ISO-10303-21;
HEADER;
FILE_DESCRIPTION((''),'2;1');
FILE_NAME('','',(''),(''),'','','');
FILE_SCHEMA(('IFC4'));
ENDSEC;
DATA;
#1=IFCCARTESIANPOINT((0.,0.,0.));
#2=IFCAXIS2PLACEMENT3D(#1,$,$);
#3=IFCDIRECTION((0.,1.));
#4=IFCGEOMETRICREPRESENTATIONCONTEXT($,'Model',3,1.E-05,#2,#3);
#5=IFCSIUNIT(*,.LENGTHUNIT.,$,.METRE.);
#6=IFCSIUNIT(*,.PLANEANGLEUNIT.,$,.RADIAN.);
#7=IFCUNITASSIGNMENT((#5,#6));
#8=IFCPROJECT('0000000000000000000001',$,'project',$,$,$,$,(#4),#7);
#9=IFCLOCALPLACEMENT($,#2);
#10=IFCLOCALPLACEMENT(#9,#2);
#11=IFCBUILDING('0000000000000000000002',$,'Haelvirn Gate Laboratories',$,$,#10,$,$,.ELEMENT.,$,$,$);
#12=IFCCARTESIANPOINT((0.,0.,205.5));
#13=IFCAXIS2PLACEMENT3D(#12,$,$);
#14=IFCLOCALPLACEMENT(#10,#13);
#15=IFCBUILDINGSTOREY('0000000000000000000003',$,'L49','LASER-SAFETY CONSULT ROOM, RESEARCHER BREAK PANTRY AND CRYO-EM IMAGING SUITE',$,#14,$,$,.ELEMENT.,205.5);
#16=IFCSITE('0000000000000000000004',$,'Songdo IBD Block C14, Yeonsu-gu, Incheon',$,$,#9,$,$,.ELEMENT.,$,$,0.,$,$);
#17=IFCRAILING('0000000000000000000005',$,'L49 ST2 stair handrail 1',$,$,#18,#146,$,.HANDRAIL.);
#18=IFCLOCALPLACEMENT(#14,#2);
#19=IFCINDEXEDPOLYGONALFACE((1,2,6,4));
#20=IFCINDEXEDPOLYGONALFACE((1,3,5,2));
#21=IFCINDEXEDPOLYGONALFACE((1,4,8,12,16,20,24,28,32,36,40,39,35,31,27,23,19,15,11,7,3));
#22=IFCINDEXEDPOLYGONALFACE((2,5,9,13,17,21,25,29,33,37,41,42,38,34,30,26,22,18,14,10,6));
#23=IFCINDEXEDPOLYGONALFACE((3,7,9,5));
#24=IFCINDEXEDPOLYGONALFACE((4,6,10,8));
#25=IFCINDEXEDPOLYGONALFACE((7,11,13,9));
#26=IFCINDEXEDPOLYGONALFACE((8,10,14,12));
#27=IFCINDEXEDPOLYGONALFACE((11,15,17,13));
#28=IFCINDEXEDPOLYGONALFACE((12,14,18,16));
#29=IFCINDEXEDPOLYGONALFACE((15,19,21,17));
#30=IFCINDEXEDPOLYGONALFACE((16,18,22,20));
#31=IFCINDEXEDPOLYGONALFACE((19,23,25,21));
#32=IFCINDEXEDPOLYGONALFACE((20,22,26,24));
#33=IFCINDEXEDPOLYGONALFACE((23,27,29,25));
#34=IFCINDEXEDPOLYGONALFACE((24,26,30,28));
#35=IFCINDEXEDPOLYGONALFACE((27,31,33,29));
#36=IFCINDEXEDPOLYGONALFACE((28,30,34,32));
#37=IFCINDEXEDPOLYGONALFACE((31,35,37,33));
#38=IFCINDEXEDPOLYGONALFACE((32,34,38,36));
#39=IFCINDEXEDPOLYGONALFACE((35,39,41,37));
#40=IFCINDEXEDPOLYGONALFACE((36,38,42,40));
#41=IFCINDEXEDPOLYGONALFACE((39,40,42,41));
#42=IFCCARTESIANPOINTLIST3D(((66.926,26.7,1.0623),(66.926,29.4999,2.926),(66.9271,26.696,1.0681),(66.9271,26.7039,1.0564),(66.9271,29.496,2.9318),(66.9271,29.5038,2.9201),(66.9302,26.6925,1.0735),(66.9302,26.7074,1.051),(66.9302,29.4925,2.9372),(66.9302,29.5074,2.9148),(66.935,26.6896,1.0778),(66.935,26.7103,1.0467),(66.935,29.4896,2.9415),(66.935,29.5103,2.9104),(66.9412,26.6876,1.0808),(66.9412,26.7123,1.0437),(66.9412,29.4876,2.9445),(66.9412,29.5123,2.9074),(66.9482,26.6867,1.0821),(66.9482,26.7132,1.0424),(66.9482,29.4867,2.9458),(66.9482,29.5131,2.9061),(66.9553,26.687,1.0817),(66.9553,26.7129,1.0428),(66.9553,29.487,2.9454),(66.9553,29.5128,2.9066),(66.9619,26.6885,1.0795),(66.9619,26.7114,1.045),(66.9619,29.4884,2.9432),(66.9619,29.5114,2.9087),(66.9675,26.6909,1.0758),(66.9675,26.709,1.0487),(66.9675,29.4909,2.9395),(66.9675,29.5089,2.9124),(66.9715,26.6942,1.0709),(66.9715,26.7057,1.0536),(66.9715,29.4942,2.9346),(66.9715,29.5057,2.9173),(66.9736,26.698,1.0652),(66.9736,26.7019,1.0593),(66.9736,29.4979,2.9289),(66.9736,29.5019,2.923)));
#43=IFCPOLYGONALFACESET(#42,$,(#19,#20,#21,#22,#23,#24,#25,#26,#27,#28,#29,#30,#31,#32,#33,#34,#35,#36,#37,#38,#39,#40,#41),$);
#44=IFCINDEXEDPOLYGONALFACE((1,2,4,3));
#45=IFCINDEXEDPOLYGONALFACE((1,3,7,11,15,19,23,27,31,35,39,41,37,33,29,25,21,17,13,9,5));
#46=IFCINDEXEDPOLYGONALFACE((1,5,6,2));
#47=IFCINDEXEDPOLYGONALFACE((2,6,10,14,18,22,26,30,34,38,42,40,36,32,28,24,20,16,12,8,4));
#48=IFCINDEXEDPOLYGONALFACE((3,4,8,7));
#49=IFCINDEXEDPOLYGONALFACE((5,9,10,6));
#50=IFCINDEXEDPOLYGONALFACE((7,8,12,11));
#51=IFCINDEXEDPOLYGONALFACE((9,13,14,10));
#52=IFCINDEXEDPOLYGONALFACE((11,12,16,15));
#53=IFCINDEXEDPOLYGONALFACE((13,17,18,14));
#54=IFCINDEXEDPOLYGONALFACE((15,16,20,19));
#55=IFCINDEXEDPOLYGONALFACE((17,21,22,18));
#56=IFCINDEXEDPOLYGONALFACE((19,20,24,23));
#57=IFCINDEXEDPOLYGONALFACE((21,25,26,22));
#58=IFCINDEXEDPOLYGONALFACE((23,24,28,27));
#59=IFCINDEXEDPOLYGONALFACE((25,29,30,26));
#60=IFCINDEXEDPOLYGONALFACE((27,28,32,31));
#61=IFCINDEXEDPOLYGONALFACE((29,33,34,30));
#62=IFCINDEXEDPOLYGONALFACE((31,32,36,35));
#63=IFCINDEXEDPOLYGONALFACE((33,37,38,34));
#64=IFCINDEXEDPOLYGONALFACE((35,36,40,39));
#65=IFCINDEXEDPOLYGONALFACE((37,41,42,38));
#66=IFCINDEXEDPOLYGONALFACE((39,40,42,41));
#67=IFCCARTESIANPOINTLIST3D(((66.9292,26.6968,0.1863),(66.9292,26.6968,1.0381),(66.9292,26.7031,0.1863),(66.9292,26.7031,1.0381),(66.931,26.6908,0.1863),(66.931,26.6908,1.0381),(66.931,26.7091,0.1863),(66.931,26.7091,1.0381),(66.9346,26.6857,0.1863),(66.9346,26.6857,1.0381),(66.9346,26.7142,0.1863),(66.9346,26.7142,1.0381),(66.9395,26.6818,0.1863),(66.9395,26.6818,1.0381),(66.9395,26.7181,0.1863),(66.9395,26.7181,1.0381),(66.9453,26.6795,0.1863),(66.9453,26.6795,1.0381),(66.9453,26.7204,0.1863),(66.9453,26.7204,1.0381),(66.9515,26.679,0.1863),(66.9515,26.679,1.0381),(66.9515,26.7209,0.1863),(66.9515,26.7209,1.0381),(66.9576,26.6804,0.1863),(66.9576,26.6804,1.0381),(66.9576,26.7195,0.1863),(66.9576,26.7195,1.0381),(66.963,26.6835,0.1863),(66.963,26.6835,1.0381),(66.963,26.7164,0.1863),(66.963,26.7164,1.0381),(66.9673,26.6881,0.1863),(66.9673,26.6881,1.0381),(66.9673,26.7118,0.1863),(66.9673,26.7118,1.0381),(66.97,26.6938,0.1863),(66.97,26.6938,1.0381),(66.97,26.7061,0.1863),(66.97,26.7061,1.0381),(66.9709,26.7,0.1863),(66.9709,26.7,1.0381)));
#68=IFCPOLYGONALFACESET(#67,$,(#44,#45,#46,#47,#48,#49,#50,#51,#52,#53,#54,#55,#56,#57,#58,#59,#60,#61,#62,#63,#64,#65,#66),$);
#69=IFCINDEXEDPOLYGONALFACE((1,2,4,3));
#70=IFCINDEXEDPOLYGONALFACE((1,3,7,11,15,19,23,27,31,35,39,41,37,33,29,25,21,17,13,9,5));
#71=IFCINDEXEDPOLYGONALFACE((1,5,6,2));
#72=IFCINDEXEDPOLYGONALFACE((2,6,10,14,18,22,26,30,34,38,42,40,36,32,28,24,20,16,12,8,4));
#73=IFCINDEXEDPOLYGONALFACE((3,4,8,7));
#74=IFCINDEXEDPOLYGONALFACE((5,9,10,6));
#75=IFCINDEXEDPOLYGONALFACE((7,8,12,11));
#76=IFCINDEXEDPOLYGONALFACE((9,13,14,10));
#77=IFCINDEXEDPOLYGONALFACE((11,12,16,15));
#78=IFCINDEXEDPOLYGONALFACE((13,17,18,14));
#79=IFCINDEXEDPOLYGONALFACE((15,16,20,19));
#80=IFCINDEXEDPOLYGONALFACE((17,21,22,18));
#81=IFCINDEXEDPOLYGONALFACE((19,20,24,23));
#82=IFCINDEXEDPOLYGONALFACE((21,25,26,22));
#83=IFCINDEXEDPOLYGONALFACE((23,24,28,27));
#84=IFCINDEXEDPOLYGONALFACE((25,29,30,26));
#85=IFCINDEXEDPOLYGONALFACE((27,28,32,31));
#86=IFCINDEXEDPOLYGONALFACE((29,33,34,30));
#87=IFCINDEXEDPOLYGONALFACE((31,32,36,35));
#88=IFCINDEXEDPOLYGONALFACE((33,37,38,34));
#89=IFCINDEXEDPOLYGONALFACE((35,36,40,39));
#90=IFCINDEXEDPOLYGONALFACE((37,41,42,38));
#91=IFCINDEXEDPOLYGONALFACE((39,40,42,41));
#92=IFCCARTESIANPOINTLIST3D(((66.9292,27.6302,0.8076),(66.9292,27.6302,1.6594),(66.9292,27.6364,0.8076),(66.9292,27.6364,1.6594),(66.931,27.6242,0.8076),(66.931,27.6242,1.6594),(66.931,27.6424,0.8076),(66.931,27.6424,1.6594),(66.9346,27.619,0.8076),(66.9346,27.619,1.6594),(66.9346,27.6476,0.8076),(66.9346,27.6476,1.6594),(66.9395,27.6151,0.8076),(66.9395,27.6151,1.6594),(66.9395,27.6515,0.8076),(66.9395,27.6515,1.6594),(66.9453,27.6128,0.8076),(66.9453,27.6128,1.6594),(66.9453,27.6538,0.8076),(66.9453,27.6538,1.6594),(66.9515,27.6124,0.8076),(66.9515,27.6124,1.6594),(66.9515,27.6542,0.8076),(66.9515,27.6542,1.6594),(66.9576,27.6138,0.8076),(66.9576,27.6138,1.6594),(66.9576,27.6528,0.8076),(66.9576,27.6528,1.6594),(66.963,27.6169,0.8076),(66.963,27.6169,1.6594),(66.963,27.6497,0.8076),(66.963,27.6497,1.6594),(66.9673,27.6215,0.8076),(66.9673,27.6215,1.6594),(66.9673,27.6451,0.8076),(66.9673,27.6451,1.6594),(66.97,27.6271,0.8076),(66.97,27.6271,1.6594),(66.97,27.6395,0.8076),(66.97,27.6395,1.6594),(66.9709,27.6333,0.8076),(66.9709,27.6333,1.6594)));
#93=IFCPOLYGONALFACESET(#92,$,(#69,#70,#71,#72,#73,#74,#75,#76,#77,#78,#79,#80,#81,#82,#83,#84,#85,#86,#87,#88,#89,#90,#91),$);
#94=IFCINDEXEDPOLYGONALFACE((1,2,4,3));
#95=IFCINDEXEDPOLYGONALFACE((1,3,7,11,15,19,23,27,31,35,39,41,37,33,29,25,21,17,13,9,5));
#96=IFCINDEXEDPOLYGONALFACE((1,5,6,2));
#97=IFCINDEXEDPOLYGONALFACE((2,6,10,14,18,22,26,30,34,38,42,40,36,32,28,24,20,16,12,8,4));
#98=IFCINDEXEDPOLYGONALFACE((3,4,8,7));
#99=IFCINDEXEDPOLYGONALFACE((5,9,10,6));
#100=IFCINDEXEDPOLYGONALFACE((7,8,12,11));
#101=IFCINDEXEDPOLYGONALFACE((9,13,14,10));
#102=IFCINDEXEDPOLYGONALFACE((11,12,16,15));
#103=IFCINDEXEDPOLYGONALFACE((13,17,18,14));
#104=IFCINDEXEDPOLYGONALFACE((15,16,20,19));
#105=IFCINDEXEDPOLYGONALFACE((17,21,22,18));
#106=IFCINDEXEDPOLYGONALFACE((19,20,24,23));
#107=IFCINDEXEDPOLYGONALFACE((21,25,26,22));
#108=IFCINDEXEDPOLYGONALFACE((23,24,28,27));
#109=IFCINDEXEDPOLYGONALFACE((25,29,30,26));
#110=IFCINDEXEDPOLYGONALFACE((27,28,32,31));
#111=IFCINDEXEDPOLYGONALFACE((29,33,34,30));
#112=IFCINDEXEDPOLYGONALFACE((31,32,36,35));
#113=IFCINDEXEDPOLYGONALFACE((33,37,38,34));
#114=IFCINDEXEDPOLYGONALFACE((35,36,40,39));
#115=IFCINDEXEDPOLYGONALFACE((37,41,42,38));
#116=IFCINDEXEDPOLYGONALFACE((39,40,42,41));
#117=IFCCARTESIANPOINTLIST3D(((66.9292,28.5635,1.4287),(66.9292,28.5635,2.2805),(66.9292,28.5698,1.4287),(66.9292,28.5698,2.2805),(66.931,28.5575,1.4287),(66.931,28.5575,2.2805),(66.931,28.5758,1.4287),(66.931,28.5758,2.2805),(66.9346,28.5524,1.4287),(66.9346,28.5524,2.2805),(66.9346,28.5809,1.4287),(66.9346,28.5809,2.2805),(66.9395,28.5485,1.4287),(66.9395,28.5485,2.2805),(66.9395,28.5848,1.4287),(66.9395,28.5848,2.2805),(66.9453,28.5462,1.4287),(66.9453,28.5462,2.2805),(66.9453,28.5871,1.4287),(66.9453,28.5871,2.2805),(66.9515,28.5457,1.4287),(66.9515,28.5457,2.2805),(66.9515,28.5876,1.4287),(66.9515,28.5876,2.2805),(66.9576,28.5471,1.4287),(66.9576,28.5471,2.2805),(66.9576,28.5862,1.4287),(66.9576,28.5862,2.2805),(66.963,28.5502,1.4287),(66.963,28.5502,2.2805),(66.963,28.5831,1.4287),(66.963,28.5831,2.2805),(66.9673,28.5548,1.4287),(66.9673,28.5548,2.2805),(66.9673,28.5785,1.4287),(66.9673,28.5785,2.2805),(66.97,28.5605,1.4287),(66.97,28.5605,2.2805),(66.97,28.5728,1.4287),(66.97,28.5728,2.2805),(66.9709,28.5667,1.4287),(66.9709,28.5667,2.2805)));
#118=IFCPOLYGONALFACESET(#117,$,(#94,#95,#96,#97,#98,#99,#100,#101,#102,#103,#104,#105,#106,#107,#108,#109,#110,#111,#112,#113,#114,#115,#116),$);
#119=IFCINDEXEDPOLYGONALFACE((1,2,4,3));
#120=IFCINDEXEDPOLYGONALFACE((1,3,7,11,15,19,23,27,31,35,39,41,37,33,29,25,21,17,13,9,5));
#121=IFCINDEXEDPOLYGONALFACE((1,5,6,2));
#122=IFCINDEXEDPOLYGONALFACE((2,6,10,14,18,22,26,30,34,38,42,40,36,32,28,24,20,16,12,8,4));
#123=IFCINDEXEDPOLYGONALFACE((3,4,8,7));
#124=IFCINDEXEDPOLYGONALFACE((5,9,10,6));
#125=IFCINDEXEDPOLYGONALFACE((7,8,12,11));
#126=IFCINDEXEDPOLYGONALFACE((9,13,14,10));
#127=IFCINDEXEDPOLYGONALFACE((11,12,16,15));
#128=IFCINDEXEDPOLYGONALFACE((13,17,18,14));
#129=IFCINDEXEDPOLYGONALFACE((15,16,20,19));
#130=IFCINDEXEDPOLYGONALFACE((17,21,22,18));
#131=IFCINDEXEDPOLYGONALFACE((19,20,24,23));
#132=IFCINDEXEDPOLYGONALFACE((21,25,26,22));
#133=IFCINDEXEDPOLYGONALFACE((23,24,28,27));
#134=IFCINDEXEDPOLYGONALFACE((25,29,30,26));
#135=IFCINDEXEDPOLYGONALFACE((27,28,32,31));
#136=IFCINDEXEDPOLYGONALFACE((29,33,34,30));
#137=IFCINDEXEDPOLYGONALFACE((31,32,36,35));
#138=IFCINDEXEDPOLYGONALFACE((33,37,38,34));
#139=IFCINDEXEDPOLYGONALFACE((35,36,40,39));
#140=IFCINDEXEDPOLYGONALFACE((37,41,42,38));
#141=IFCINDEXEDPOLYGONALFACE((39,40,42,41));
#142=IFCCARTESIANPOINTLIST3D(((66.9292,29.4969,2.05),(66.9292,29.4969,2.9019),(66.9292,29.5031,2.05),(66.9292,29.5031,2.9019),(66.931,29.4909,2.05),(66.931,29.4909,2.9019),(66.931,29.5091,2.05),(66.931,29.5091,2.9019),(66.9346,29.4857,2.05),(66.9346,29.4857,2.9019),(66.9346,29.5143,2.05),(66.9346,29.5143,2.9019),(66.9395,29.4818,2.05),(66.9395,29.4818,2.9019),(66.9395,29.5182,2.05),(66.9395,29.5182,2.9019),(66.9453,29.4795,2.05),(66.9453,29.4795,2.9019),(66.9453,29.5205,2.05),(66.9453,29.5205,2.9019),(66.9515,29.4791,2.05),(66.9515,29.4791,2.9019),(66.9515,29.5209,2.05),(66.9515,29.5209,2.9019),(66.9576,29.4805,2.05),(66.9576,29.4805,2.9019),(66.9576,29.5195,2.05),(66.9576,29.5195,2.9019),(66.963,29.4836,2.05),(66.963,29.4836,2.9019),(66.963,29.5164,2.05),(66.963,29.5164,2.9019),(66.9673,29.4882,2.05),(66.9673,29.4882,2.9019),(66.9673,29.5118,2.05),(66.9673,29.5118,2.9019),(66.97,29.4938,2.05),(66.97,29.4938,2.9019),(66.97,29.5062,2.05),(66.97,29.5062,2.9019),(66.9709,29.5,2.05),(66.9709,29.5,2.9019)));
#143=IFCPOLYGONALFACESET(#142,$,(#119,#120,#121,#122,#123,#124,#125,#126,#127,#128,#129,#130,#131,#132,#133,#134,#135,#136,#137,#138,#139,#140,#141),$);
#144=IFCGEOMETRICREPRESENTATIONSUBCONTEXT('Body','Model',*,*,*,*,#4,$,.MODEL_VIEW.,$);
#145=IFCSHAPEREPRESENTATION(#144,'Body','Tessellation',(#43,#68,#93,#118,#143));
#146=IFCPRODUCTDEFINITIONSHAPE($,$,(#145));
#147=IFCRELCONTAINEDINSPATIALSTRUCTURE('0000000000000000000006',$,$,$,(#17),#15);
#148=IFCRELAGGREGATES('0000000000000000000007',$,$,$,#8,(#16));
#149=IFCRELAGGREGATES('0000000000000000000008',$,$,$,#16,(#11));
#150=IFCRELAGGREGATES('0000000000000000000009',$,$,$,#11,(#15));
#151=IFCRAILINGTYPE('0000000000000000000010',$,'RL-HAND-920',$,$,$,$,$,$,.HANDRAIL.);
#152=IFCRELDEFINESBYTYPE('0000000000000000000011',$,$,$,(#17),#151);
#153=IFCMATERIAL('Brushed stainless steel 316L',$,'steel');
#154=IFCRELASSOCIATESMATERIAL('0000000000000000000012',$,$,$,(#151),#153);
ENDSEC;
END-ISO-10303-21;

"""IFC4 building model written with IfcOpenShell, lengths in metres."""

from ifc_helpers import new_model, si_unit, direction, frame, origin, origin_2d, place, context, subcontext, project, spatial, circle, extrude, source, transform, mapped, material, type_object, element, save


model = new_model("IFC4")

# Units and contexts
model_context = context("Model", 3, precision=1e-05, world=origin(), true_north=direction((0.0, 1.0)))
body_context = subcontext(model_context, "Body", "Model", "MODEL_VIEW")
ifc_project = project(units=[si_unit("LENGTHUNIT", "METRE"), si_unit("PLANEANGLEUNIT", "RADIAN")], contexts=[model_context])

# Site, building, storey
site_placement = place(None, origin())
site = spatial("IfcSite", under=ifc_project, at=site_placement, Name="Songdo IBD Block C14, Yeonsu-gu, Incheon", CompositionType="ELEMENT", RefElevation=0.0)
building_placement = place(site_placement, origin())
building = spatial("IfcBuilding", under=site, at=building_placement, Name="Haelvirn Gate Laboratories", CompositionType="ELEMENT")
storey_placement = place(building_placement, frame((0.0, 0.0, 205.5)))
storey = spatial("IfcBuildingStorey", under=building, at=storey_placement, Name="L49", Description="LASER-SAFETY CONSULT ROOM, RESEARCHER BREAK PANTRY AND CRYO-EM IMAGING SUITE", CompositionType="ELEMENT", Elevation=205.5)

# Railing
ifc_material_1 = material(Name="Brushed stainless steel 316L", Category="steel")
railing_type_1 = type_object("IfcRailingType", Name="RL-HAND-920", PredefinedType="HANDRAIL", material=ifc_material_1)
shared_shape_1 = source(origin(), body_context, "Body", "SweptSolid", [
    extrude(circle(Radius=0.0239, at=origin_2d()), frame((0.0, 0.0, 0.876), z_axis=(0.0, 0.832452, 0.554097), x_axis=(-1.0, 0.0, 0.0)), (0.0, 0.0, 1.0), 3.3635),
    extrude(circle(Radius=0.021, at=origin_2d()), origin(), (0.0, 0.0, 1.0), 0.8518),
    extrude(circle(Radius=0.021, at=origin_2d()), frame((0.0, 0.9333, 0.6213)), (0.0, 0.0, 1.0), 0.8518),
    extrude(circle(Radius=0.021, at=origin_2d()), frame((0.0, 1.8667, 1.2424)), (0.0, 0.0, 1.0), 0.8518),
    extrude(circle(Radius=0.021, at=origin_2d()), frame((0.0, 2.8, 1.8638)), (0.0, 0.0, 1.0), 0.8518),
])
railing_1_placement = place(storey_placement, frame((66.95, 26.7, 0.1863)))
element("IfcRailing", 1, at=railing_1_placement, inside=storey, type_object=railing_type_1, Name="L49 ST2 stair handrail 1", PredefinedType="HANDRAIL", context=body_context, shape_type="MappedRepresentation", body=[
    mapped(shared_shape_1, transform((0.0, 0.0, 0.0), scale=1.0)),
])

save(model, "model.ifc")
